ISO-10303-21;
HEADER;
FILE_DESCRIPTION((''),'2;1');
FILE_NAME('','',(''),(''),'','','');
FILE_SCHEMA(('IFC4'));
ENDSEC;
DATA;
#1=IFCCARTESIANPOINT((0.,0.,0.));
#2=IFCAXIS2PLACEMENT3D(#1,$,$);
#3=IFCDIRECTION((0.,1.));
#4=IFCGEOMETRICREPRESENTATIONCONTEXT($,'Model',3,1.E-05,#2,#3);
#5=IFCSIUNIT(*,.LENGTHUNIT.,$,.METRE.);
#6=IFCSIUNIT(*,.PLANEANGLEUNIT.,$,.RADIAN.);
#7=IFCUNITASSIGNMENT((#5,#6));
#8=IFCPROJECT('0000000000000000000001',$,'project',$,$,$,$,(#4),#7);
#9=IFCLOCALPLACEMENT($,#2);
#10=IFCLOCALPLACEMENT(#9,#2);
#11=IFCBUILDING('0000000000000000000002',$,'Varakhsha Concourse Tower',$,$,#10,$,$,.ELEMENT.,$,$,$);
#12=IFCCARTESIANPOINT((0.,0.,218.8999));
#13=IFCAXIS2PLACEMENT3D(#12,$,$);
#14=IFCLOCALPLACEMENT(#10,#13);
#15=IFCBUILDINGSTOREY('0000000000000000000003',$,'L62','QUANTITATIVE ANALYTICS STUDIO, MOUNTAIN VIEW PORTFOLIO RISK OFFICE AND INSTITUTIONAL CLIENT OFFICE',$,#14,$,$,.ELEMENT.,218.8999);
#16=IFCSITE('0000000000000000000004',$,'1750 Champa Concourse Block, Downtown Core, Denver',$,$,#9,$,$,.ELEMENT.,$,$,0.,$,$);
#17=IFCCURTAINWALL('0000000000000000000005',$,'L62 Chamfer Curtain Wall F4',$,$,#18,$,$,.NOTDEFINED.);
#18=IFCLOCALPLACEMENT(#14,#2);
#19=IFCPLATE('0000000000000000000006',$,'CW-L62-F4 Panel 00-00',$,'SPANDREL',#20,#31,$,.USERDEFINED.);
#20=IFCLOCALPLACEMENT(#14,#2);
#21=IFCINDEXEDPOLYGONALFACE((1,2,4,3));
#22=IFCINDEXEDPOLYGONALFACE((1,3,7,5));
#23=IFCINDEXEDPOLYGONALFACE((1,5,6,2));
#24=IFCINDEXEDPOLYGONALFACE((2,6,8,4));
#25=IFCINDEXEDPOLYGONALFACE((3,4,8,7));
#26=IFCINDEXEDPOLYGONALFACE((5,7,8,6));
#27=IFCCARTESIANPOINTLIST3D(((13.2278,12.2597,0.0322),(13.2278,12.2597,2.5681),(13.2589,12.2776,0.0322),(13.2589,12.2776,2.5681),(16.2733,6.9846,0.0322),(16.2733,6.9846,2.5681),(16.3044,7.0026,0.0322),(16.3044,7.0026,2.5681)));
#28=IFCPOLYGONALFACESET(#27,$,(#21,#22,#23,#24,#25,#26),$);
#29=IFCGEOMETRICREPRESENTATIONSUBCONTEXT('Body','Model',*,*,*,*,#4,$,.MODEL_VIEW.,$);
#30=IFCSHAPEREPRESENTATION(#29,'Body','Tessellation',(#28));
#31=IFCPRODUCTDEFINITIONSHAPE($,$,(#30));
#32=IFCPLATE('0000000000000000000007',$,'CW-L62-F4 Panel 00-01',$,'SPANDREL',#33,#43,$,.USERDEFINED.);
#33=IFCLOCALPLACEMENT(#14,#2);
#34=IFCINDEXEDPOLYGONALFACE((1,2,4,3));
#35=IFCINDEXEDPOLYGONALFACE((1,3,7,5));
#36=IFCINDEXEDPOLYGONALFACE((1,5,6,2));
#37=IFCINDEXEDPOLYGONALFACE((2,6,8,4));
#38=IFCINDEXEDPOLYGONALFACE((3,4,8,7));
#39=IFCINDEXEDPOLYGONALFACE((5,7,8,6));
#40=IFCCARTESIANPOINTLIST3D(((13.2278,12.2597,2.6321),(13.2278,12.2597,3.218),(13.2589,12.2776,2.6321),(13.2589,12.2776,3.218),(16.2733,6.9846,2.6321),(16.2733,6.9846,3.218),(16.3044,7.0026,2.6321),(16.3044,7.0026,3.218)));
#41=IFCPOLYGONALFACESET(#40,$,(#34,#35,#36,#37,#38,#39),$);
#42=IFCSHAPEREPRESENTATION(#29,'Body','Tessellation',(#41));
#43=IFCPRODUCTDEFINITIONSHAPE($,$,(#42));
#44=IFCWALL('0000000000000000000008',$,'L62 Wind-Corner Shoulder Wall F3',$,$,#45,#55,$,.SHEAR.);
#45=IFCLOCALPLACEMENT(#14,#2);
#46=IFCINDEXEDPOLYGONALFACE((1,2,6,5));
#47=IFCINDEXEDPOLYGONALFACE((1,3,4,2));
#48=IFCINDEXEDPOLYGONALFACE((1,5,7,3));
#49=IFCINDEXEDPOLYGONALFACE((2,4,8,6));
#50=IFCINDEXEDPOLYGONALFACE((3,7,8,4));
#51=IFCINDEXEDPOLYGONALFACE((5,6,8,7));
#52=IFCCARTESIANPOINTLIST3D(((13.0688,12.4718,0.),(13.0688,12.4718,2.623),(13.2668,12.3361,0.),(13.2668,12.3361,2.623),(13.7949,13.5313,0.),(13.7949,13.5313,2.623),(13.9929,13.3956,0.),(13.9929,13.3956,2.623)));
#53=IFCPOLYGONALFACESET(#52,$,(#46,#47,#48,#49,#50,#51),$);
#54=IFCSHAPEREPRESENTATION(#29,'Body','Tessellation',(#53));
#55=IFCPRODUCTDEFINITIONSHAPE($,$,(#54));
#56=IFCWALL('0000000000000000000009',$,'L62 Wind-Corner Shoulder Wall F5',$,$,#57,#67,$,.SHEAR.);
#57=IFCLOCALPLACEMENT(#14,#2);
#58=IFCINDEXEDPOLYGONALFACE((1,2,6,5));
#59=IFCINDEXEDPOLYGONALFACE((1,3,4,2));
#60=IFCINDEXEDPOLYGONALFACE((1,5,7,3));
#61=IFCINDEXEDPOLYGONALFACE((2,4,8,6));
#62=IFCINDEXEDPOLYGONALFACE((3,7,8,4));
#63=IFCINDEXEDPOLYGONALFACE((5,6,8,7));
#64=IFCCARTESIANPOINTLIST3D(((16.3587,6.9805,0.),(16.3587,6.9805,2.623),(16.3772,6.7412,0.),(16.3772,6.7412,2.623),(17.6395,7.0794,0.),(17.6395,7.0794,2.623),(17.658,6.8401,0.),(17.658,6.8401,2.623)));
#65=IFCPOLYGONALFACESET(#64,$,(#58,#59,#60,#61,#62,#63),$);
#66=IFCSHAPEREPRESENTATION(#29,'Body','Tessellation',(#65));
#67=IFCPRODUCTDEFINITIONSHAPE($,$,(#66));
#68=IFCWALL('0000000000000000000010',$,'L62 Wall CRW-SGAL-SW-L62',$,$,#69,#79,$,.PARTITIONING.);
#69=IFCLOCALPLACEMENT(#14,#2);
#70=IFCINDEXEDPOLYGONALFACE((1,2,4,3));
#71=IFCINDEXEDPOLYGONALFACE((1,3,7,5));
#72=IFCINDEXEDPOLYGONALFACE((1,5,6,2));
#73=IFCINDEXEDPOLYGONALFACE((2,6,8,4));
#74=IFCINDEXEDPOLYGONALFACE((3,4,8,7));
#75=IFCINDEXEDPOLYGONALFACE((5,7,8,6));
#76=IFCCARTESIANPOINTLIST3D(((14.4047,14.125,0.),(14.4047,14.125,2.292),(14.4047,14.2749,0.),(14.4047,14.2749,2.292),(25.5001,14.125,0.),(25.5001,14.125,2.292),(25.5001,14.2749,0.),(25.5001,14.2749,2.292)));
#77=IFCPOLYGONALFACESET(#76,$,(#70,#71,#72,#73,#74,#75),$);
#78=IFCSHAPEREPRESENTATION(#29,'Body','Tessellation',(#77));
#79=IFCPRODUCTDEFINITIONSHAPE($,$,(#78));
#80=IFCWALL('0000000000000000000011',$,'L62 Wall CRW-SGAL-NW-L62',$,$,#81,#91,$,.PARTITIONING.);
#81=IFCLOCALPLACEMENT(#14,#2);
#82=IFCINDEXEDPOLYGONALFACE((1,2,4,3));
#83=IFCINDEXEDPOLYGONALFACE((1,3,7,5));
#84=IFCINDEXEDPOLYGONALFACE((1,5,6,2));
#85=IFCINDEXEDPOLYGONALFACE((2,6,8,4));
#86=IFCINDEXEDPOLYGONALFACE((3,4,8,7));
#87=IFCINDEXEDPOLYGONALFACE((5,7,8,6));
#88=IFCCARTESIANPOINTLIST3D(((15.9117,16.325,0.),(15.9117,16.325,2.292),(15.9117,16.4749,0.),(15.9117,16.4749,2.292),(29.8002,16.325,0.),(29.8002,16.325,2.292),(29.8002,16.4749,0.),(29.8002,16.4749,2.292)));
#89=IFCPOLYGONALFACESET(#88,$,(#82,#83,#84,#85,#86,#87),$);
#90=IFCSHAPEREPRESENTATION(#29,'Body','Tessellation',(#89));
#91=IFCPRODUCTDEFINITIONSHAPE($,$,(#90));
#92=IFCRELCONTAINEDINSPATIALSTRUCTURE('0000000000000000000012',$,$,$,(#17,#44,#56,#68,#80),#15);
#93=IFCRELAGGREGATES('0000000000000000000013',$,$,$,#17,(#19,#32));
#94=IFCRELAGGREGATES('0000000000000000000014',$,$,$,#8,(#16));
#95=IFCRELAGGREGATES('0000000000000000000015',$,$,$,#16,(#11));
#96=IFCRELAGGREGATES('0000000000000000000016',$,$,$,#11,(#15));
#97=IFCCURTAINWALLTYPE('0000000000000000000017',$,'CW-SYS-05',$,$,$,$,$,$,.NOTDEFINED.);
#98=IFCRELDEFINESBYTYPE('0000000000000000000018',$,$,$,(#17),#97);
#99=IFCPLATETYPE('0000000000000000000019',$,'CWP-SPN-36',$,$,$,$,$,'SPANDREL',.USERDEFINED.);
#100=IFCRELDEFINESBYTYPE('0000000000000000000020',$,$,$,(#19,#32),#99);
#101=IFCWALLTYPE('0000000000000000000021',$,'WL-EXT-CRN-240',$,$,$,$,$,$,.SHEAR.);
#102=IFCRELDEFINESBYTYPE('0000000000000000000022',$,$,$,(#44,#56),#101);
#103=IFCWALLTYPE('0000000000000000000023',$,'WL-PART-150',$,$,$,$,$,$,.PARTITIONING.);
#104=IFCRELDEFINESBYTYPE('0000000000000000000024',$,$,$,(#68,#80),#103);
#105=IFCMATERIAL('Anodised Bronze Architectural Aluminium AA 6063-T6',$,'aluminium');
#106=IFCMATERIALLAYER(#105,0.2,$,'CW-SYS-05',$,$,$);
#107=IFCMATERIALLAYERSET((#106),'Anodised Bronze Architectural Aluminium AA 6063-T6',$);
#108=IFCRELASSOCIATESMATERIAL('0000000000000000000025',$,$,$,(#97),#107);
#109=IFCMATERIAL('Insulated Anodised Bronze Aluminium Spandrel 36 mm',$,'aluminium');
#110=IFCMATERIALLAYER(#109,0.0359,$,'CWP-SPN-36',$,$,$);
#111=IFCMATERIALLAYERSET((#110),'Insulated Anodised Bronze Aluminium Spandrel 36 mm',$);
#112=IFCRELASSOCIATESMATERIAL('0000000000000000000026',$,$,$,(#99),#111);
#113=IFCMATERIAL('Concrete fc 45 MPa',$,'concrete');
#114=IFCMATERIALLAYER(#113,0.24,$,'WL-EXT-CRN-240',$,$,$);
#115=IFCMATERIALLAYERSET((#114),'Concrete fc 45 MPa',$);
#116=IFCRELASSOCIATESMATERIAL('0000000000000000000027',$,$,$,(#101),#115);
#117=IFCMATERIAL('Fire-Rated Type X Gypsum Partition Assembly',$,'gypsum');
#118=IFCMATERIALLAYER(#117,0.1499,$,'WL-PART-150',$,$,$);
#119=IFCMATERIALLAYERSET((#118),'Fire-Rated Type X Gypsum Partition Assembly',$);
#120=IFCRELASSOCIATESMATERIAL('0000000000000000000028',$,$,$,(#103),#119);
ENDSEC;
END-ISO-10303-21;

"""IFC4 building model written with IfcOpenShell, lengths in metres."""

from ifc_helpers import new_model, si_unit, direction, frame, frame_2d, origin, origin_2d, place, context, subcontext, project, spatial, rectangle, extrude, source, transform, mapped, material, layer, layer_set, type_object, element, aggregate, save


model = new_model("IFC4")

# Units and contexts
model_context = context("Model", 3, precision=1e-05, world=origin(), true_north=direction((0.0, 1.0)))
body_context = subcontext(model_context, "Body", "Model", "MODEL_VIEW")
ifc_project = project(units=[si_unit("LENGTHUNIT", "METRE"), si_unit("PLANEANGLEUNIT", "RADIAN")], contexts=[model_context])

# Site, building, storey
site_placement = place(None, origin())
site = spatial("IfcSite", under=ifc_project, at=site_placement, Name="1750 Champa Concourse Block, Downtown Core, Denver", CompositionType="ELEMENT", RefElevation=0.0)
building_placement = place(site_placement, origin())
building = spatial("IfcBuilding", under=site, at=building_placement, Name="Varakhsha Concourse Tower", CompositionType="ELEMENT")
storey_placement = place(building_placement, frame((0.0, 0.0, 218.8999)))
storey = spatial("IfcBuildingStorey", under=building, at=storey_placement, Name="L62", Description="QUANTITATIVE ANALYTICS STUDIO, MOUNTAIN VIEW PORTFOLIO RISK OFFICE AND INSTITUTIONAL CLIENT OFFICE", CompositionType="ELEMENT", Elevation=218.8999)

# Shared definitions
ifc_material_1 = material(Name="Anodised Bronze Architectural Aluminium AA 6063-T6", Category="aluminium")
ifc_layer_1 = layer(ifc_material_1, 0.2, Name="CW-SYS-05")
ifc_layer_set_1 = layer_set([ifc_layer_1], Name="Anodised Bronze Architectural Aluminium AA 6063-T6")
curtain_wall_type = type_object("IfcCurtainWallType", Name="CW-SYS-05", PredefinedType="NOTDEFINED", material=ifc_layer_set_1)

# Curtain wall
curtain_wall_1_placement = place(storey_placement, origin())
curtain_wall_1 = element("IfcCurtainWall", 1, at=curtain_wall_1_placement, inside=storey, type_object=curtain_wall_type, Name="L62 Chamfer Curtain Wall F4", PredefinedType="NOTDEFINED")

# Shared definitions
ifc_material_2 = material(Name="Concrete fc 45 MPa", Category="concrete")

# Plates
ifc_material_3 = material(Name="Insulated Anodised Bronze Aluminium Spandrel 36 mm", Category="aluminium")
ifc_layer_2 = layer(ifc_material_3, 0.0359, Name="CWP-SPN-36")
ifc_layer_set_2 = layer_set([ifc_layer_2], Name="Insulated Anodised Bronze Aluminium Spandrel 36 mm")
plate_type_1 = type_object("IfcPlateType", Name="CWP-SPN-36", ElementType="SPANDREL", PredefinedType="USERDEFINED", material=ifc_layer_set_2)
shared_shape_1 = source(origin(), body_context, "Body", "SweptSolid", [
    extrude(rectangle(XDim=6.0911, YDim=0.0359, at=origin_2d()), origin(), (0.0, 0.0, 1.0), 2.5359),
])
plate_1_placement = place(storey_placement, frame((14.7661, 9.6311, 0.0322), z_axis=(0.0, 0.0, 1.0), x_axis=(-0.499994, 0.866029, 0.0)))
plate_1 = element("IfcPlate", 2, at=plate_1_placement, type_object=plate_type_1, Name="CW-L62-F4 Panel 00-00", ObjectType="SPANDREL", PredefinedType="USERDEFINED", context=body_context, shape_type="MappedRepresentation", body=[
    mapped(shared_shape_1, transform((0.0, 0.0, 0.0), scale=1.0)),
])
shared_shape_2 = source(origin(), body_context, "Body", "SweptSolid", [
    extrude(rectangle(XDim=6.0911, YDim=0.0359, at=origin_2d()), origin(), (0.0, 0.0, 1.0), 0.5859),
])
plate_2_placement = place(storey_placement, frame((14.7661, 9.6311, 2.6321), z_axis=(0.0, 0.0, 1.0), x_axis=(-0.499994, 0.866029, 0.0)))
plate_2 = element("IfcPlate", 3, at=plate_2_placement, type_object=plate_type_1, Name="CW-L62-F4 Panel 00-01", ObjectType="SPANDREL", PredefinedType="USERDEFINED", context=body_context, shape_type="MappedRepresentation", body=[
    mapped(shared_shape_2, transform((0.0, 0.0, 0.0), scale=1.0)),
])
aggregate(curtain_wall_1, [plate_1, plate_2])

# Walls
ifc_layer_3 = layer(ifc_material_2, 0.24, Name="WL-EXT-CRN-240")
ifc_layer_set_3 = layer_set([ifc_layer_3], Name="Concrete fc 45 MPa")
wall_type_1 = type_object("IfcWallType", Name="WL-EXT-CRN-240", PredefinedType="SHEAR", material=ifc_layer_set_3)
wall_1_placement = place(storey_placement, frame((13.8938, 13.4634, 0.0), z_axis=(0.0, 0.0, 1.0), x_axis=(-0.56527, -0.824906, 0.0)))
element("IfcWall", 4, at=wall_1_placement, inside=storey, type_object=wall_type_1, Name="L62 Wind-Corner Shoulder Wall F3", PredefinedType="SHEAR", context=body_context, shape_type="SweptSolid", body=[
    extrude(rectangle(XDim=1.2844, YDim=0.24, at=frame_2d((0.6421, 0.0))), origin(), (0.0, 0.0, 1.0), 2.623),
])
wall_2_placement = place(storey_placement, frame((16.3679, 6.8608, 0.0), z_axis=(0.0, 0.0, 1.0), x_axis=(0.997033, 0.076973, 0.0)))
element("IfcWall", 5, at=wall_2_placement, inside=storey, type_object=wall_type_1, Name="L62 Wind-Corner Shoulder Wall F5", PredefinedType="SHEAR", context=body_context, shape_type="SweptSolid", body=[
    extrude(rectangle(XDim=1.2847, YDim=0.24, at=frame_2d((0.6423, 0.0))), origin(), (0.0, 0.0, 1.0), 2.623),
])
ifc_material_4 = material(Name="Fire-Rated Type X Gypsum Partition Assembly", Category="gypsum")
ifc_layer_4 = layer(ifc_material_4, 0.1499, Name="WL-PART-150")
ifc_layer_set_4 = layer_set([ifc_layer_4], Name="Fire-Rated Type X Gypsum Partition Assembly")
wall_type_2 = type_object("IfcWallType", Name="WL-PART-150", PredefinedType="PARTITIONING", material=ifc_layer_set_4)
wall_3_placement = place(storey_placement, frame((14.4045, 14.2, 0.0), z_axis=(0.0, 0.0, 1.0), x_axis=(1.0, 0.0, 0.0)))
element("IfcWall", 6, at=wall_3_placement, inside=storey, type_object=wall_type_2, Name="L62 Wall CRW-SGAL-SW-L62", PredefinedType="PARTITIONING", context=body_context, shape_type="SweptSolid", body=[
    extrude(rectangle(XDim=11.0955, YDim=0.1499, at=frame_2d((5.5479, 0.0))), origin(), (0.0, 0.0, 1.0), 2.292),
])
wall_4_placement = place(storey_placement, frame((15.9116, 16.3999, 0.0), z_axis=(0.0, 0.0, 1.0), x_axis=(1.0, 0.0, 0.0)))
element("IfcWall", 7, at=wall_4_placement, inside=storey, type_object=wall_type_2, Name="L62 Wall CRW-SGAL-NW-L62", PredefinedType="PARTITIONING", context=body_context, shape_type="SweptSolid", body=[
    extrude(rectangle(XDim=13.8884, YDim=0.1499, at=frame_2d((6.9443, 0.0))), origin(), (0.0, 0.0, 1.0), 2.292),
])

save(model, "model.ifc")
